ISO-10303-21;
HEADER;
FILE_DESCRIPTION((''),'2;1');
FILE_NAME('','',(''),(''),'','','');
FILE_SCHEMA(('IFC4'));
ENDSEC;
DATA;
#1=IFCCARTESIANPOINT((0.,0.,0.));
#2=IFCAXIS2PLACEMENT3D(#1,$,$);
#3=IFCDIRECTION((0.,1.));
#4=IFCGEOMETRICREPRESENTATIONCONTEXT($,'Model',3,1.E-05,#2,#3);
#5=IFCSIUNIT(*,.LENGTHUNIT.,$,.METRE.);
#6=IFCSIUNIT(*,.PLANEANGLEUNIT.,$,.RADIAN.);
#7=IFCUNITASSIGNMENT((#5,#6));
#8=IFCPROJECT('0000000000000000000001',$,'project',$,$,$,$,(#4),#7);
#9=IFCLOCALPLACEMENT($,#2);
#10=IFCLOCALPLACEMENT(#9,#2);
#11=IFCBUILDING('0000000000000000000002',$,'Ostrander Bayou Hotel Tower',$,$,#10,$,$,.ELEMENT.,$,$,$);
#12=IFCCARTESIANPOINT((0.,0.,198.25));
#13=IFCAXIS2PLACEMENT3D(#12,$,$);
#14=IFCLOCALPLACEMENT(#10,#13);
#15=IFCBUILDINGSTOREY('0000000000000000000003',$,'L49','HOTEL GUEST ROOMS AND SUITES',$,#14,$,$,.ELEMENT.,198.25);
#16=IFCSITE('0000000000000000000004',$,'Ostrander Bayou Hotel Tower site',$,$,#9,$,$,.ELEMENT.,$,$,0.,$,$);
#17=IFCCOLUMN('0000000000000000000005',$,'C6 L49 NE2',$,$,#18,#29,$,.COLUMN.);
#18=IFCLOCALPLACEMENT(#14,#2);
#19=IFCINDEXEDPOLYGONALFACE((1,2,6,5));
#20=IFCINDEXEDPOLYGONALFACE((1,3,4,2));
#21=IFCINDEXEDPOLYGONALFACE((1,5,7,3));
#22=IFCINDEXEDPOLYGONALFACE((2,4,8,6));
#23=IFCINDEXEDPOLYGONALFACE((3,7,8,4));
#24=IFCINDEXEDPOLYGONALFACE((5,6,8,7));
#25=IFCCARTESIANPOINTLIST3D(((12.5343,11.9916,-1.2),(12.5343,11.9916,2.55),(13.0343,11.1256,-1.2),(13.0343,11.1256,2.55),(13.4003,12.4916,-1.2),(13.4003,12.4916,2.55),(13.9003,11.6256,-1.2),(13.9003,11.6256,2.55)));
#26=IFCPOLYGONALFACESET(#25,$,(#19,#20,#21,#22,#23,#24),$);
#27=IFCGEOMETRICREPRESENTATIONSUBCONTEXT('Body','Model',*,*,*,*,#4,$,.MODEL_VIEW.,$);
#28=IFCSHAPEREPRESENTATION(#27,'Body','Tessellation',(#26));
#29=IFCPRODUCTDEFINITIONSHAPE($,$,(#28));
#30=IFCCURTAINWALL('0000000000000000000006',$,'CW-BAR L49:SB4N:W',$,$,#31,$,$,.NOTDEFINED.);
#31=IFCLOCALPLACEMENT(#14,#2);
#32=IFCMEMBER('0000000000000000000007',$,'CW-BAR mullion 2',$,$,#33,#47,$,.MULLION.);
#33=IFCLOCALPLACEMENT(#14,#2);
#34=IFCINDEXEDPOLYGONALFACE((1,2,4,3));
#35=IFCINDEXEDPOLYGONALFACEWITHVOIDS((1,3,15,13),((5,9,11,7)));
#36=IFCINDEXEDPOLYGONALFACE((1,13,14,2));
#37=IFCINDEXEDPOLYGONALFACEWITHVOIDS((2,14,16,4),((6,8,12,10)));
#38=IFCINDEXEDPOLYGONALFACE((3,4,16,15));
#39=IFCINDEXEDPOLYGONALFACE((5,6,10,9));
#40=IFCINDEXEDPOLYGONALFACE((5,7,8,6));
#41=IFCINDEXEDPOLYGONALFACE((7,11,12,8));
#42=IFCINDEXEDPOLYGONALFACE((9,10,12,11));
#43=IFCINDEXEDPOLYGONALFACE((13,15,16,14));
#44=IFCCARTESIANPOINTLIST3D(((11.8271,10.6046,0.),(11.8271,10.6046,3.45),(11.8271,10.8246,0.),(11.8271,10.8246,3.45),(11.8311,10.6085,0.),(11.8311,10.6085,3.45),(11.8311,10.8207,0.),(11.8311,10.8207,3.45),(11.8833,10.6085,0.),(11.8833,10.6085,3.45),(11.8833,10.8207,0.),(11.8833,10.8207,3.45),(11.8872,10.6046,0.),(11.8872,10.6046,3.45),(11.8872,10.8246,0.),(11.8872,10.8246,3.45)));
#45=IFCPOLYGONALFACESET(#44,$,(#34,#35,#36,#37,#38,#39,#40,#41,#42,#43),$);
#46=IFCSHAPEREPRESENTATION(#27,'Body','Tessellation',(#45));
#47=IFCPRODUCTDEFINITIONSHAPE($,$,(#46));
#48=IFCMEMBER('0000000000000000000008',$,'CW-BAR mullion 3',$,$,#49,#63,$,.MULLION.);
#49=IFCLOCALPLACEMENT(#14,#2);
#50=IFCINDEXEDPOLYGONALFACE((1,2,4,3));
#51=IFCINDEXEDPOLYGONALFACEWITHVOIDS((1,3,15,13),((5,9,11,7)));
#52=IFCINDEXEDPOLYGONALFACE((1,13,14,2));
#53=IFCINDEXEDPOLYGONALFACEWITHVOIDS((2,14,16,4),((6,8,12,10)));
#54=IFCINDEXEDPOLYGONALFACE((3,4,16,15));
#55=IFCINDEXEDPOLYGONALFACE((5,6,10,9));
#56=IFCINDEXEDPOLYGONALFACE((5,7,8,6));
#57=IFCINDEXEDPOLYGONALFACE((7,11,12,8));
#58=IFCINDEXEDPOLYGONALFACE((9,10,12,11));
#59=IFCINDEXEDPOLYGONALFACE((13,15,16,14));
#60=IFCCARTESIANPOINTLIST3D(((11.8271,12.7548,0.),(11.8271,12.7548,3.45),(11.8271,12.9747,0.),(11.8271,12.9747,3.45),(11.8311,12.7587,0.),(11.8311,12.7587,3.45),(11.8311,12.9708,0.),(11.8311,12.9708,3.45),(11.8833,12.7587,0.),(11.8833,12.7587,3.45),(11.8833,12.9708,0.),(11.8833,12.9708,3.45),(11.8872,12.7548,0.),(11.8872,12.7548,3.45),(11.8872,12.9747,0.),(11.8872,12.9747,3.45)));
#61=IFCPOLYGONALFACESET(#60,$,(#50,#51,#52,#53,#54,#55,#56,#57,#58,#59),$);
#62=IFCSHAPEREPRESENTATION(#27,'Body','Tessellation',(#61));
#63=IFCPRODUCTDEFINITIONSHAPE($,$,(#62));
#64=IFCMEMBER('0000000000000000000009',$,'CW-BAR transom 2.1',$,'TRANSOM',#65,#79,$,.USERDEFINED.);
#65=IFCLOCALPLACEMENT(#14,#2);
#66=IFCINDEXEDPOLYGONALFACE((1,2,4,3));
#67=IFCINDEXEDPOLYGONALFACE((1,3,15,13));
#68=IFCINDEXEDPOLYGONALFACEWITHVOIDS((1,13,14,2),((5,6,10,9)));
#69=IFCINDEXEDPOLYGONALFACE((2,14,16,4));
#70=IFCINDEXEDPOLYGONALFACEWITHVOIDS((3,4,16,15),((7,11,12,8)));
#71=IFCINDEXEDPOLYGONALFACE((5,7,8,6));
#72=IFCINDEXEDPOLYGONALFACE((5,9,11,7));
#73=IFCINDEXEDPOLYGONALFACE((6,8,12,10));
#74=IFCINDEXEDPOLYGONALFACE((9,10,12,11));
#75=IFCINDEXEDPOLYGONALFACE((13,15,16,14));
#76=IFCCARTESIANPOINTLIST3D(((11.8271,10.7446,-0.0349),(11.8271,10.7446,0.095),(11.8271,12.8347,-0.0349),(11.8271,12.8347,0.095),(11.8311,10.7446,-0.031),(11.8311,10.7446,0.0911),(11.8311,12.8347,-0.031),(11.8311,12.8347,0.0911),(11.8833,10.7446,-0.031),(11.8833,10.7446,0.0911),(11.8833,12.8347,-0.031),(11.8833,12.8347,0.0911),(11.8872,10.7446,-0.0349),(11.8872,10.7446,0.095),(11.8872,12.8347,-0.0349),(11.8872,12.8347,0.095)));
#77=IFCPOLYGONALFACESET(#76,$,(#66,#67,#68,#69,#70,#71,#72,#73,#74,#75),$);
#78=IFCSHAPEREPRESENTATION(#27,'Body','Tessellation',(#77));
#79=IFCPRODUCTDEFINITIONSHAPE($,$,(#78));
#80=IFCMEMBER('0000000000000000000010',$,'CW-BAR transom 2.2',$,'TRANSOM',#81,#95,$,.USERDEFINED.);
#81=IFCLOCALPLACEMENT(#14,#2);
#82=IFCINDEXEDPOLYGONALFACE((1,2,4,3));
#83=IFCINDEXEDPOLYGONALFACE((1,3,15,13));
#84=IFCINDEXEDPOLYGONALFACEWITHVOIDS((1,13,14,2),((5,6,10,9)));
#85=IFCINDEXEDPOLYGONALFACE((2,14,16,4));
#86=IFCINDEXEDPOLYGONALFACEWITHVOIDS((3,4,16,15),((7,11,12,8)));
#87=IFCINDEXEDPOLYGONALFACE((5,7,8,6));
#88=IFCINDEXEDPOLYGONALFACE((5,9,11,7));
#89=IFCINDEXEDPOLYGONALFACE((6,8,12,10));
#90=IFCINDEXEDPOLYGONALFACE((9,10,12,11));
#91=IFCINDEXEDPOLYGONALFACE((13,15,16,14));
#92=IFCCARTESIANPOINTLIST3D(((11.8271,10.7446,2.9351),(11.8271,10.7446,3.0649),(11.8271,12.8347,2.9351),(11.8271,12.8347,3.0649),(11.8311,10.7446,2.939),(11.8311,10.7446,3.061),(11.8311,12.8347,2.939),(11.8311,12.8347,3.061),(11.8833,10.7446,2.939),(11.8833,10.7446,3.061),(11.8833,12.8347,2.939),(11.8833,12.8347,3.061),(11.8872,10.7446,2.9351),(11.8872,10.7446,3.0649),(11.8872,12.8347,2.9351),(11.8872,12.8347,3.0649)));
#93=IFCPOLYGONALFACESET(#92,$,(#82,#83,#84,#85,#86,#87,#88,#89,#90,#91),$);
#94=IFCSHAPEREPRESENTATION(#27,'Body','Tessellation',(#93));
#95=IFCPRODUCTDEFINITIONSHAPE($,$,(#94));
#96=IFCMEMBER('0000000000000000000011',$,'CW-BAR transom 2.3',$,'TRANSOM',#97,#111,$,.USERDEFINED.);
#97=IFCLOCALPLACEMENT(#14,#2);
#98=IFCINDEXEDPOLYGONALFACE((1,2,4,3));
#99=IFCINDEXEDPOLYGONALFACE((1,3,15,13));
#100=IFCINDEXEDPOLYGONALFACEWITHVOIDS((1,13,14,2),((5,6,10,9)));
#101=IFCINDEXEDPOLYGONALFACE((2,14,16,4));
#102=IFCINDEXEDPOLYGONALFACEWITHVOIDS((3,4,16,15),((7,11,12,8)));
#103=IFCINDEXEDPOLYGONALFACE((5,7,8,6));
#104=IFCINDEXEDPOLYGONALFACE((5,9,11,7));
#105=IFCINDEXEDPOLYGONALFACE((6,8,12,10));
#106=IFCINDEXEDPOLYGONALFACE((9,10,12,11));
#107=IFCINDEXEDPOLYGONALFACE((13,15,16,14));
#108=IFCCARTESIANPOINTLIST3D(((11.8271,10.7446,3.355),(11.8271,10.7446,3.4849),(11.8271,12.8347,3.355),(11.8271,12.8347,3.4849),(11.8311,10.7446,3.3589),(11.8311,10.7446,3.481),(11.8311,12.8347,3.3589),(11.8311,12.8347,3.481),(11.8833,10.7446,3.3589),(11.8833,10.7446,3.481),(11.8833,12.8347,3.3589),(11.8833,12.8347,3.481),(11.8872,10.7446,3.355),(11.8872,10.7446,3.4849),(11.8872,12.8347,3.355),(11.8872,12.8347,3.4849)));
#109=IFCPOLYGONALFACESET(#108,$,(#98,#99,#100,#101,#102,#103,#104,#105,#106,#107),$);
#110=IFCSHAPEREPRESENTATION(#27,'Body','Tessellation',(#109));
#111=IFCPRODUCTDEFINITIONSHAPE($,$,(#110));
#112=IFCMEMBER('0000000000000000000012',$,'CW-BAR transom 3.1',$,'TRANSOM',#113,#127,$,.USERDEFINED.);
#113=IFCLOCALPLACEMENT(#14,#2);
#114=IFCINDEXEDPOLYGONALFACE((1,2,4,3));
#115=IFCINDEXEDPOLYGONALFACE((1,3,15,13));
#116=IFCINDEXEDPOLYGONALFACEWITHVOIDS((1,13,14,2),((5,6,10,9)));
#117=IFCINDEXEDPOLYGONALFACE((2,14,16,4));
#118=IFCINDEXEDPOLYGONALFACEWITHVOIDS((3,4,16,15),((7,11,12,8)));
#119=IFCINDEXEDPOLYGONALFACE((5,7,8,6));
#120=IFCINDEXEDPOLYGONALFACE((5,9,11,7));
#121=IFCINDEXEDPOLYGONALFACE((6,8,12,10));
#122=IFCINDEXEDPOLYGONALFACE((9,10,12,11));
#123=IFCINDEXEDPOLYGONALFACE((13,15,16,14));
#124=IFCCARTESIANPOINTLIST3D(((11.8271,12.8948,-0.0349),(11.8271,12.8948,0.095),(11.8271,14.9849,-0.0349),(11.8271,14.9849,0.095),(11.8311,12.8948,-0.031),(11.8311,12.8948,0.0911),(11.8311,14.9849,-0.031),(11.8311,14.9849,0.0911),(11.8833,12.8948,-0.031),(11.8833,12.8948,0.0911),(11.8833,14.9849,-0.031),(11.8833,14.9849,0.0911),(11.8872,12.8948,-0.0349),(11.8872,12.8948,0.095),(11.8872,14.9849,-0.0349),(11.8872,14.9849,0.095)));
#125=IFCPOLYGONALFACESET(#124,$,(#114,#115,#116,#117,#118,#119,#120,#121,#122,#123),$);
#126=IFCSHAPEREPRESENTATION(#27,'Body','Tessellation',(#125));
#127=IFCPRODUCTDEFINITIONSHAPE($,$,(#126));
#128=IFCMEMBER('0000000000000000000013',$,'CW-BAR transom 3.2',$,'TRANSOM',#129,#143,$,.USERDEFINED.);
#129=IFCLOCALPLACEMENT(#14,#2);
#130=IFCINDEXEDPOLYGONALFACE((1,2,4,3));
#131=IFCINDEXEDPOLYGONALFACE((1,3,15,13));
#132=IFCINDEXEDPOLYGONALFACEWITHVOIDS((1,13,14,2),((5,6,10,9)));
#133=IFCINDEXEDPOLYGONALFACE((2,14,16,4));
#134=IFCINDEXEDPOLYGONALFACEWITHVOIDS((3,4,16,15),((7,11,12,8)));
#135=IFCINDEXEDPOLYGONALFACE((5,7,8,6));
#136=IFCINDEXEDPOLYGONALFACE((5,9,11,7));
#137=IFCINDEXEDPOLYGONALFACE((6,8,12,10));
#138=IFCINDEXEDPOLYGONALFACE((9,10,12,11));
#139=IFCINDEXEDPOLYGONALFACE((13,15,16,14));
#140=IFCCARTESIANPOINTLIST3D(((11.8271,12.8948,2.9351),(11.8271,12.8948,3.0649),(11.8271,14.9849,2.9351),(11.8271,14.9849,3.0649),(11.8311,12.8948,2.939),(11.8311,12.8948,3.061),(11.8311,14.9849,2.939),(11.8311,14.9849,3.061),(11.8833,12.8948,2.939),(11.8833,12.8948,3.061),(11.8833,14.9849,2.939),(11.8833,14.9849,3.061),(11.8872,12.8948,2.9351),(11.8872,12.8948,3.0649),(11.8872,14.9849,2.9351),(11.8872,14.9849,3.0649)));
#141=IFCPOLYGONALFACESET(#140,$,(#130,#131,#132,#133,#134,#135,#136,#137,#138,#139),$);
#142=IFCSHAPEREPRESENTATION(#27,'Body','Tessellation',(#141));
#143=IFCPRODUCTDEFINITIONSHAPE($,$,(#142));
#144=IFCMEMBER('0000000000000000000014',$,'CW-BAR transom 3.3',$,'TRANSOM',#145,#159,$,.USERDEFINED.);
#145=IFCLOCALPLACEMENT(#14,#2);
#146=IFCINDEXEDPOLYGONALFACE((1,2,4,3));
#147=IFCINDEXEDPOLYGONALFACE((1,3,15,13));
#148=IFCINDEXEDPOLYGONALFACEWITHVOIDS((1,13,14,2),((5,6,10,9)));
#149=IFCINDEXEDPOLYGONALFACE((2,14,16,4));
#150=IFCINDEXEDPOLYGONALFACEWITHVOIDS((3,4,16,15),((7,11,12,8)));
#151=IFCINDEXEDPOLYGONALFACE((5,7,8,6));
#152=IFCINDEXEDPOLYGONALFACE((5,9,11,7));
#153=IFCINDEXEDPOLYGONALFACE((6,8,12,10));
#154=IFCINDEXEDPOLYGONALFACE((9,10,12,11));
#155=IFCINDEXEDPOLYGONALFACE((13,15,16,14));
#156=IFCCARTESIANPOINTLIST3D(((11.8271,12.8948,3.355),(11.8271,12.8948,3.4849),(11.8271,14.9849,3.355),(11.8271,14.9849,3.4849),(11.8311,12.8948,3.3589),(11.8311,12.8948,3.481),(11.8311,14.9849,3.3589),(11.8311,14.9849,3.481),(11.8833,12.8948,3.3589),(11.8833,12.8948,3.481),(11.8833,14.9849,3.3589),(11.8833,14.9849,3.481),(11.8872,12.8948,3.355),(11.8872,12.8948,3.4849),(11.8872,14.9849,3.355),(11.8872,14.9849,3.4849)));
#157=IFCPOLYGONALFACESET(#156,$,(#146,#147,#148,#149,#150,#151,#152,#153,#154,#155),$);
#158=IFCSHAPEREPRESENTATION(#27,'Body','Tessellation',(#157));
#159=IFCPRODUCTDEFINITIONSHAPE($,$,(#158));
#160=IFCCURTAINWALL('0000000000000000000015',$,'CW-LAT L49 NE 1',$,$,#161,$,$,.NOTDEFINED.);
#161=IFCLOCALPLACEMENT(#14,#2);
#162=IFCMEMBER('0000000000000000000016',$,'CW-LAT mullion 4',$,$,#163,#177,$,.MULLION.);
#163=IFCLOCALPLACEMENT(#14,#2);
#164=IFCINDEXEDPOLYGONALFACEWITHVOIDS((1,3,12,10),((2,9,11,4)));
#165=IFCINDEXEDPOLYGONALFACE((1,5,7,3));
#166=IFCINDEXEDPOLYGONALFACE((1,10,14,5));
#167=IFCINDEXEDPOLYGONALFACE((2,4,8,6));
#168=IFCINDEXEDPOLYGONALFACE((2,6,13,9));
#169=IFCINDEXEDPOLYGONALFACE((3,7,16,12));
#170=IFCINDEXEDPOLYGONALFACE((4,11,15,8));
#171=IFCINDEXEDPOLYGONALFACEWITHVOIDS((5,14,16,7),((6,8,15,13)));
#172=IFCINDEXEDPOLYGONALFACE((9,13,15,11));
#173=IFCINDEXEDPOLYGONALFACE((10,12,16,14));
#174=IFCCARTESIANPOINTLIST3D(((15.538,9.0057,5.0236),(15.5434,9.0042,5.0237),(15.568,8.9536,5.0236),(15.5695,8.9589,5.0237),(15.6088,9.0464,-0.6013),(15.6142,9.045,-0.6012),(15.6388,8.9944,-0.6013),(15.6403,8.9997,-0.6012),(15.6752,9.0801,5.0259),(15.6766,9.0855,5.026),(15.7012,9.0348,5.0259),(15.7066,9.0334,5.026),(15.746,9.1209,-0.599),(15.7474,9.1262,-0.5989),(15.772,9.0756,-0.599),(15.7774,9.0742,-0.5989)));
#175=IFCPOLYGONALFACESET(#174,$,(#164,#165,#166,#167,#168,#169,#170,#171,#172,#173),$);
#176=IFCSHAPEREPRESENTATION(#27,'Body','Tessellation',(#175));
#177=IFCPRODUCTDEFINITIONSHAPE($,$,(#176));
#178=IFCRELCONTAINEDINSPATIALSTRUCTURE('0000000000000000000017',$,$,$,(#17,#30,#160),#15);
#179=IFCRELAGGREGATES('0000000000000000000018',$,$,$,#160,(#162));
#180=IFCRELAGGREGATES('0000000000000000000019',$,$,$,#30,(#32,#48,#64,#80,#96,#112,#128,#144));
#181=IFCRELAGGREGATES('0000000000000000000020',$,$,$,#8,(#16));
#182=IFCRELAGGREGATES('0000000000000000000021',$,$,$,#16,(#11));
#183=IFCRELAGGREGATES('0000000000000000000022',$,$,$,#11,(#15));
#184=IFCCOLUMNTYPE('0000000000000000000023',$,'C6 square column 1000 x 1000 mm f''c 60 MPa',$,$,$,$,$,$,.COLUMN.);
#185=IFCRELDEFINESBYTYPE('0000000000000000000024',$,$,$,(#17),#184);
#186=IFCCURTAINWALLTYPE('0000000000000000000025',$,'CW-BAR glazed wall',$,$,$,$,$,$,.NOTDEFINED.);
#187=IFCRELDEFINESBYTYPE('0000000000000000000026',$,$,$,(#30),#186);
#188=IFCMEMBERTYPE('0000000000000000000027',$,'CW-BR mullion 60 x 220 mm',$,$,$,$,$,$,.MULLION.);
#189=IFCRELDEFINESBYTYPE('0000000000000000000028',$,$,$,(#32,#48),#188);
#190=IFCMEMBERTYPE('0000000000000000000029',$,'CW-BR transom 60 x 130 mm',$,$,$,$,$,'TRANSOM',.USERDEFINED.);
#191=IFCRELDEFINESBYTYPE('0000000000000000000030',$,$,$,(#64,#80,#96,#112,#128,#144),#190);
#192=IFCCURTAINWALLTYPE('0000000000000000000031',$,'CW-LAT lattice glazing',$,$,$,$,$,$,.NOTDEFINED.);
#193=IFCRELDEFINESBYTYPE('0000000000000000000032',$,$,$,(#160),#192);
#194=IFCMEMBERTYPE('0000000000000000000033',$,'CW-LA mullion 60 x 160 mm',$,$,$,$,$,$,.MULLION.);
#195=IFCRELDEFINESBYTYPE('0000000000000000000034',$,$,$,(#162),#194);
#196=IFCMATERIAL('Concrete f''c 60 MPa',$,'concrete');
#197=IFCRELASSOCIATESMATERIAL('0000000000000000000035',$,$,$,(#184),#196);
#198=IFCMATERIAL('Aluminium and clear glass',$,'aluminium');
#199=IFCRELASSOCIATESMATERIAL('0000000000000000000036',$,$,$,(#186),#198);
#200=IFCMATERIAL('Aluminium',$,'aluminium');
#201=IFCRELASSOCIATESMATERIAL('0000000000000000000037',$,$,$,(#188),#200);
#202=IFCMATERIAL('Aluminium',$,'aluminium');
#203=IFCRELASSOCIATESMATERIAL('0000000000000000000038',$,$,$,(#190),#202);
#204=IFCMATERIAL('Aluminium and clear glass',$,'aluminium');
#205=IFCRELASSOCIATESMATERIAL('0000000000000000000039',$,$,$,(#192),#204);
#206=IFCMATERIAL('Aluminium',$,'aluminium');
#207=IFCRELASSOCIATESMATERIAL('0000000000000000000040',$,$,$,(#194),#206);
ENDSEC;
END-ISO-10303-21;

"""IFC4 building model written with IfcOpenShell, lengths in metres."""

from ifc_helpers import new_model, si_unit, direction, frame, origin, origin_2d, place, context, subcontext, project, spatial, rectangle, hollow_rectangle, extrude, material, material_profile, profile_set, type_object, element, aggregate, save


model = new_model("IFC4")

# Units and contexts
model_context = context("Model", 3, precision=1e-05, world=origin(), true_north=direction((0.0, 1.0)))
body_context = subcontext(model_context, "Body", "Model", "MODEL_VIEW")
ifc_project = project(units=[si_unit("LENGTHUNIT", "METRE"), si_unit("PLANEANGLEUNIT", "RADIAN")], contexts=[model_context])

# Site, building, storey
site_placement = place(None, origin())
site = spatial("IfcSite", under=ifc_project, at=site_placement, Name="Ostrander Bayou Hotel Tower site", CompositionType="ELEMENT", RefElevation=0.0)
building_placement = place(site_placement, origin())
building = spatial("IfcBuilding", under=site, at=building_placement, Name="Ostrander Bayou Hotel Tower", CompositionType="ELEMENT")
storey_placement = place(building_placement, frame((0.0, 0.0, 198.25)))
storey = spatial("IfcBuildingStorey", under=building, at=storey_placement, Name="L49", Description="HOTEL GUEST ROOMS AND SUITES", CompositionType="ELEMENT", Elevation=198.25)

# Column
ifc_material_1 = material(Name="Concrete f'c 60 MPa", Category="concrete")
ifc_material_profile_1 = material_profile(ifc_material_1, rectangle(XDim=1.0, YDim=1.0, at=origin_2d()))
ifc_profile_set_1 = profile_set([ifc_material_profile_1], Name="Concrete f'c 60 MPa")
column_type = type_object("IfcColumnType", Name="C6 square column 1000 x 1000 mm f'c 60 MPa", PredefinedType="COLUMN", material=ifc_profile_set_1)
column_placement = place(storey_placement, frame((13.2173, 11.8086, -1.2), z_axis=(0.0, 0.0, 1.0), x_axis=(0.5, -0.866025, 0.0)))
element("IfcColumn", 1, at=column_placement, inside=storey, type_object=column_type, Name="C6 L49 NE2", PredefinedType="COLUMN", context=body_context, shape_type="SweptSolid", body=[
    extrude(rectangle(XDim=1.0, YDim=1.0, at=origin_2d()), origin(), (0.0, 0.0, 1.0), 3.75),
])

# Curtain walls, members
ifc_material_2 = material(Name="Aluminium and clear glass", Category="aluminium")
curtain_wall_type_1 = type_object("IfcCurtainWallType", Name="CW-BAR glazed wall", PredefinedType="NOTDEFINED", material=ifc_material_2)
curtain_wall_1_placement = place(storey_placement, origin())
curtain_wall_1 = element("IfcCurtainWall", 2, at=curtain_wall_1_placement, inside=storey, type_object=curtain_wall_type_1, Name="CW-BAR L49:SB4N:W", PredefinedType="NOTDEFINED")
ifc_material_3 = material(Name="Aluminium", Category="aluminium")
ifc_material_profile_2 = material_profile(ifc_material_3, hollow_rectangle(XDim=0.0601, YDim=0.22, WallThickness=0.0039, at=origin_2d()))
ifc_profile_set_2 = profile_set([ifc_material_profile_2], Name="Aluminium")
member_type_1 = type_object("IfcMemberType", Name="CW-BR mullion 60 x 220 mm", PredefinedType="MULLION", material=ifc_profile_set_2)
member_1_placement = place(storey_placement, frame((11.8572, 10.7146, 0.0), z_axis=(0.0, 0.0, 1.0), x_axis=(-1.0, 0.0, 0.0)))
member_1 = element("IfcMember", 3, at=member_1_placement, type_object=member_type_1, Name="CW-BAR mullion 2", PredefinedType="MULLION", context=body_context, shape_type="SweptSolid", body=[
    extrude(hollow_rectangle(XDim=0.0601, YDim=0.22, WallThickness=0.0039, at=origin_2d()), origin(), (0.0, 0.0, 1.0), 3.45),
])
member_2_placement = place(storey_placement, frame((11.8572, 12.8647, 0.0), z_axis=(0.0, 0.0, 1.0), x_axis=(-1.0, 0.0, 0.0)))
member_2 = element("IfcMember", 4, at=member_2_placement, type_object=member_type_1, Name="CW-BAR mullion 3", PredefinedType="MULLION", context=body_context, shape_type="SweptSolid", body=[
    extrude(hollow_rectangle(XDim=0.0601, YDim=0.22, WallThickness=0.0039, at=origin_2d()), origin(), (0.0, 0.0, 1.0), 3.45),
])
ifc_material_4 = material(Name="Aluminium", Category="aluminium")
ifc_material_profile_3 = material_profile(ifc_material_4, hollow_rectangle(XDim=0.0601, YDim=0.1299, WallThickness=0.0039, at=origin_2d()))
ifc_profile_set_3 = profile_set([ifc_material_profile_3], Name="Aluminium")
member_type_2 = type_object("IfcMemberType", Name="CW-BR transom 60 x 130 mm", ElementType="TRANSOM", PredefinedType="USERDEFINED", material=ifc_profile_set_3)
member_3_placement = place(storey_placement, frame((11.8572, 10.7446, 0.03), z_axis=(0.0, 1.0, 0.0), x_axis=(-1.0, 0.0, 0.0)))
member_3 = element("IfcMember", 5, at=member_3_placement, type_object=member_type_2, Name="CW-BAR transom 2.1", ObjectType="TRANSOM", PredefinedType="USERDEFINED", context=body_context, shape_type="SweptSolid", body=[
    extrude(hollow_rectangle(XDim=0.0601, YDim=0.1299, WallThickness=0.0039, at=origin_2d()), origin(), (0.0, 0.0, 1.0), 2.0901),
])
member_4_placement = place(storey_placement, frame((11.8572, 10.7446, 3.0), z_axis=(0.0, 1.0, 0.0), x_axis=(-1.0, 0.0, 0.0)))
member_4 = element("IfcMember", 6, at=member_4_placement, type_object=member_type_2, Name="CW-BAR transom 2.2", ObjectType="TRANSOM", PredefinedType="USERDEFINED", context=body_context, shape_type="SweptSolid", body=[
    extrude(hollow_rectangle(XDim=0.0601, YDim=0.1299, WallThickness=0.0039, at=origin_2d()), origin(), (0.0, 0.0, 1.0), 2.0901),
])
member_5_placement = place(storey_placement, frame((11.8572, 10.7446, 3.4199), z_axis=(0.0, 1.0, 0.0), x_axis=(-1.0, 0.0, 0.0)))
member_5 = element("IfcMember", 7, at=member_5_placement, type_object=member_type_2, Name="CW-BAR transom 2.3", ObjectType="TRANSOM", PredefinedType="USERDEFINED", context=body_context, shape_type="SweptSolid", body=[
    extrude(hollow_rectangle(XDim=0.0601, YDim=0.1299, WallThickness=0.0039, at=origin_2d()), origin(), (0.0, 0.0, 1.0), 2.0901),
])
member_6_placement = place(storey_placement, frame((11.8572, 12.8948, 0.03), z_axis=(0.0, 1.0, 0.0), x_axis=(-1.0, 0.0, 0.0)))
member_6 = element("IfcMember", 8, at=member_6_placement, type_object=member_type_2, Name="CW-BAR transom 3.1", ObjectType="TRANSOM", PredefinedType="USERDEFINED", context=body_context, shape_type="SweptSolid", body=[
    extrude(hollow_rectangle(XDim=0.0601, YDim=0.1299, WallThickness=0.0039, at=origin_2d()), origin(), (0.0, 0.0, 1.0), 2.0901),
])
member_7_placement = place(storey_placement, frame((11.8572, 12.8948, 3.0), z_axis=(0.0, 1.0, 0.0), x_axis=(-1.0, 0.0, 0.0)))
member_7 = element("IfcMember", 9, at=member_7_placement, type_object=member_type_2, Name="CW-BAR transom 3.2", ObjectType="TRANSOM", PredefinedType="USERDEFINED", context=body_context, shape_type="SweptSolid", body=[
    extrude(hollow_rectangle(XDim=0.0601, YDim=0.1299, WallThickness=0.0039, at=origin_2d()), origin(), (0.0, 0.0, 1.0), 2.0901),
])
member_8_placement = place(storey_placement, frame((11.8572, 12.8948, 3.4199), z_axis=(0.0, 1.0, 0.0), x_axis=(-1.0, 0.0, 0.0)))
member_8 = element("IfcMember", 10, at=member_8_placement, type_object=member_type_2, Name="CW-BAR transom 3.3", ObjectType="TRANSOM", PredefinedType="USERDEFINED", context=body_context, shape_type="SweptSolid", body=[
    extrude(hollow_rectangle(XDim=0.0601, YDim=0.1299, WallThickness=0.0039, at=origin_2d()), origin(), (0.0, 0.0, 1.0), 2.0901),
])
ifc_material_5 = material(Name="Aluminium and clear glass", Category="aluminium")
curtain_wall_type_2 = type_object("IfcCurtainWallType", Name="CW-LAT lattice glazing", PredefinedType="NOTDEFINED", material=ifc_material_5)
curtain_wall_2_placement = place(storey_placement, origin())
curtain_wall_2 = element("IfcCurtainWall", 11, at=curtain_wall_2_placement, inside=storey, type_object=curtain_wall_type_2, Name="CW-LAT L49 NE 1", PredefinedType="NOTDEFINED")
ifc_material_6 = material(Name="Aluminium", Category="aluminium")
ifc_material_profile_4 = material_profile(ifc_material_6, hollow_rectangle(XDim=0.0601, YDim=0.1599, WallThickness=0.0039, at=origin_2d()))
ifc_profile_set_4 = profile_set([ifc_material_profile_4], Name="Aluminium")
member_type_3 = type_object("IfcMemberType", Name="CW-LA mullion 60 x 160 mm", PredefinedType="MULLION", material=ifc_profile_set_4)
member_9_placement = place(storey_placement, frame((15.6931, 9.0603, -0.6001), z_axis=(-0.012585, -0.007247, 0.999895), x_axis=(0.499032, -0.866583, 0.0)))
member_9 = element("IfcMember", 12, at=member_9_placement, type_object=member_type_3, Name="CW-LAT mullion 4", PredefinedType="MULLION", context=body_context, shape_type="SweptSolid", body=[
    extrude(hollow_rectangle(XDim=0.0601, YDim=0.1599, WallThickness=0.0039, at=origin_2d()), origin(), (0.0, 0.0, 1.0), 5.6255),
])
aggregate(curtain_wall_2, [member_9])

aggregate(curtain_wall_1, [member_1, member_2, member_3, member_4, member_5, member_6, member_7, member_8])

save(model, "model.ifc")
